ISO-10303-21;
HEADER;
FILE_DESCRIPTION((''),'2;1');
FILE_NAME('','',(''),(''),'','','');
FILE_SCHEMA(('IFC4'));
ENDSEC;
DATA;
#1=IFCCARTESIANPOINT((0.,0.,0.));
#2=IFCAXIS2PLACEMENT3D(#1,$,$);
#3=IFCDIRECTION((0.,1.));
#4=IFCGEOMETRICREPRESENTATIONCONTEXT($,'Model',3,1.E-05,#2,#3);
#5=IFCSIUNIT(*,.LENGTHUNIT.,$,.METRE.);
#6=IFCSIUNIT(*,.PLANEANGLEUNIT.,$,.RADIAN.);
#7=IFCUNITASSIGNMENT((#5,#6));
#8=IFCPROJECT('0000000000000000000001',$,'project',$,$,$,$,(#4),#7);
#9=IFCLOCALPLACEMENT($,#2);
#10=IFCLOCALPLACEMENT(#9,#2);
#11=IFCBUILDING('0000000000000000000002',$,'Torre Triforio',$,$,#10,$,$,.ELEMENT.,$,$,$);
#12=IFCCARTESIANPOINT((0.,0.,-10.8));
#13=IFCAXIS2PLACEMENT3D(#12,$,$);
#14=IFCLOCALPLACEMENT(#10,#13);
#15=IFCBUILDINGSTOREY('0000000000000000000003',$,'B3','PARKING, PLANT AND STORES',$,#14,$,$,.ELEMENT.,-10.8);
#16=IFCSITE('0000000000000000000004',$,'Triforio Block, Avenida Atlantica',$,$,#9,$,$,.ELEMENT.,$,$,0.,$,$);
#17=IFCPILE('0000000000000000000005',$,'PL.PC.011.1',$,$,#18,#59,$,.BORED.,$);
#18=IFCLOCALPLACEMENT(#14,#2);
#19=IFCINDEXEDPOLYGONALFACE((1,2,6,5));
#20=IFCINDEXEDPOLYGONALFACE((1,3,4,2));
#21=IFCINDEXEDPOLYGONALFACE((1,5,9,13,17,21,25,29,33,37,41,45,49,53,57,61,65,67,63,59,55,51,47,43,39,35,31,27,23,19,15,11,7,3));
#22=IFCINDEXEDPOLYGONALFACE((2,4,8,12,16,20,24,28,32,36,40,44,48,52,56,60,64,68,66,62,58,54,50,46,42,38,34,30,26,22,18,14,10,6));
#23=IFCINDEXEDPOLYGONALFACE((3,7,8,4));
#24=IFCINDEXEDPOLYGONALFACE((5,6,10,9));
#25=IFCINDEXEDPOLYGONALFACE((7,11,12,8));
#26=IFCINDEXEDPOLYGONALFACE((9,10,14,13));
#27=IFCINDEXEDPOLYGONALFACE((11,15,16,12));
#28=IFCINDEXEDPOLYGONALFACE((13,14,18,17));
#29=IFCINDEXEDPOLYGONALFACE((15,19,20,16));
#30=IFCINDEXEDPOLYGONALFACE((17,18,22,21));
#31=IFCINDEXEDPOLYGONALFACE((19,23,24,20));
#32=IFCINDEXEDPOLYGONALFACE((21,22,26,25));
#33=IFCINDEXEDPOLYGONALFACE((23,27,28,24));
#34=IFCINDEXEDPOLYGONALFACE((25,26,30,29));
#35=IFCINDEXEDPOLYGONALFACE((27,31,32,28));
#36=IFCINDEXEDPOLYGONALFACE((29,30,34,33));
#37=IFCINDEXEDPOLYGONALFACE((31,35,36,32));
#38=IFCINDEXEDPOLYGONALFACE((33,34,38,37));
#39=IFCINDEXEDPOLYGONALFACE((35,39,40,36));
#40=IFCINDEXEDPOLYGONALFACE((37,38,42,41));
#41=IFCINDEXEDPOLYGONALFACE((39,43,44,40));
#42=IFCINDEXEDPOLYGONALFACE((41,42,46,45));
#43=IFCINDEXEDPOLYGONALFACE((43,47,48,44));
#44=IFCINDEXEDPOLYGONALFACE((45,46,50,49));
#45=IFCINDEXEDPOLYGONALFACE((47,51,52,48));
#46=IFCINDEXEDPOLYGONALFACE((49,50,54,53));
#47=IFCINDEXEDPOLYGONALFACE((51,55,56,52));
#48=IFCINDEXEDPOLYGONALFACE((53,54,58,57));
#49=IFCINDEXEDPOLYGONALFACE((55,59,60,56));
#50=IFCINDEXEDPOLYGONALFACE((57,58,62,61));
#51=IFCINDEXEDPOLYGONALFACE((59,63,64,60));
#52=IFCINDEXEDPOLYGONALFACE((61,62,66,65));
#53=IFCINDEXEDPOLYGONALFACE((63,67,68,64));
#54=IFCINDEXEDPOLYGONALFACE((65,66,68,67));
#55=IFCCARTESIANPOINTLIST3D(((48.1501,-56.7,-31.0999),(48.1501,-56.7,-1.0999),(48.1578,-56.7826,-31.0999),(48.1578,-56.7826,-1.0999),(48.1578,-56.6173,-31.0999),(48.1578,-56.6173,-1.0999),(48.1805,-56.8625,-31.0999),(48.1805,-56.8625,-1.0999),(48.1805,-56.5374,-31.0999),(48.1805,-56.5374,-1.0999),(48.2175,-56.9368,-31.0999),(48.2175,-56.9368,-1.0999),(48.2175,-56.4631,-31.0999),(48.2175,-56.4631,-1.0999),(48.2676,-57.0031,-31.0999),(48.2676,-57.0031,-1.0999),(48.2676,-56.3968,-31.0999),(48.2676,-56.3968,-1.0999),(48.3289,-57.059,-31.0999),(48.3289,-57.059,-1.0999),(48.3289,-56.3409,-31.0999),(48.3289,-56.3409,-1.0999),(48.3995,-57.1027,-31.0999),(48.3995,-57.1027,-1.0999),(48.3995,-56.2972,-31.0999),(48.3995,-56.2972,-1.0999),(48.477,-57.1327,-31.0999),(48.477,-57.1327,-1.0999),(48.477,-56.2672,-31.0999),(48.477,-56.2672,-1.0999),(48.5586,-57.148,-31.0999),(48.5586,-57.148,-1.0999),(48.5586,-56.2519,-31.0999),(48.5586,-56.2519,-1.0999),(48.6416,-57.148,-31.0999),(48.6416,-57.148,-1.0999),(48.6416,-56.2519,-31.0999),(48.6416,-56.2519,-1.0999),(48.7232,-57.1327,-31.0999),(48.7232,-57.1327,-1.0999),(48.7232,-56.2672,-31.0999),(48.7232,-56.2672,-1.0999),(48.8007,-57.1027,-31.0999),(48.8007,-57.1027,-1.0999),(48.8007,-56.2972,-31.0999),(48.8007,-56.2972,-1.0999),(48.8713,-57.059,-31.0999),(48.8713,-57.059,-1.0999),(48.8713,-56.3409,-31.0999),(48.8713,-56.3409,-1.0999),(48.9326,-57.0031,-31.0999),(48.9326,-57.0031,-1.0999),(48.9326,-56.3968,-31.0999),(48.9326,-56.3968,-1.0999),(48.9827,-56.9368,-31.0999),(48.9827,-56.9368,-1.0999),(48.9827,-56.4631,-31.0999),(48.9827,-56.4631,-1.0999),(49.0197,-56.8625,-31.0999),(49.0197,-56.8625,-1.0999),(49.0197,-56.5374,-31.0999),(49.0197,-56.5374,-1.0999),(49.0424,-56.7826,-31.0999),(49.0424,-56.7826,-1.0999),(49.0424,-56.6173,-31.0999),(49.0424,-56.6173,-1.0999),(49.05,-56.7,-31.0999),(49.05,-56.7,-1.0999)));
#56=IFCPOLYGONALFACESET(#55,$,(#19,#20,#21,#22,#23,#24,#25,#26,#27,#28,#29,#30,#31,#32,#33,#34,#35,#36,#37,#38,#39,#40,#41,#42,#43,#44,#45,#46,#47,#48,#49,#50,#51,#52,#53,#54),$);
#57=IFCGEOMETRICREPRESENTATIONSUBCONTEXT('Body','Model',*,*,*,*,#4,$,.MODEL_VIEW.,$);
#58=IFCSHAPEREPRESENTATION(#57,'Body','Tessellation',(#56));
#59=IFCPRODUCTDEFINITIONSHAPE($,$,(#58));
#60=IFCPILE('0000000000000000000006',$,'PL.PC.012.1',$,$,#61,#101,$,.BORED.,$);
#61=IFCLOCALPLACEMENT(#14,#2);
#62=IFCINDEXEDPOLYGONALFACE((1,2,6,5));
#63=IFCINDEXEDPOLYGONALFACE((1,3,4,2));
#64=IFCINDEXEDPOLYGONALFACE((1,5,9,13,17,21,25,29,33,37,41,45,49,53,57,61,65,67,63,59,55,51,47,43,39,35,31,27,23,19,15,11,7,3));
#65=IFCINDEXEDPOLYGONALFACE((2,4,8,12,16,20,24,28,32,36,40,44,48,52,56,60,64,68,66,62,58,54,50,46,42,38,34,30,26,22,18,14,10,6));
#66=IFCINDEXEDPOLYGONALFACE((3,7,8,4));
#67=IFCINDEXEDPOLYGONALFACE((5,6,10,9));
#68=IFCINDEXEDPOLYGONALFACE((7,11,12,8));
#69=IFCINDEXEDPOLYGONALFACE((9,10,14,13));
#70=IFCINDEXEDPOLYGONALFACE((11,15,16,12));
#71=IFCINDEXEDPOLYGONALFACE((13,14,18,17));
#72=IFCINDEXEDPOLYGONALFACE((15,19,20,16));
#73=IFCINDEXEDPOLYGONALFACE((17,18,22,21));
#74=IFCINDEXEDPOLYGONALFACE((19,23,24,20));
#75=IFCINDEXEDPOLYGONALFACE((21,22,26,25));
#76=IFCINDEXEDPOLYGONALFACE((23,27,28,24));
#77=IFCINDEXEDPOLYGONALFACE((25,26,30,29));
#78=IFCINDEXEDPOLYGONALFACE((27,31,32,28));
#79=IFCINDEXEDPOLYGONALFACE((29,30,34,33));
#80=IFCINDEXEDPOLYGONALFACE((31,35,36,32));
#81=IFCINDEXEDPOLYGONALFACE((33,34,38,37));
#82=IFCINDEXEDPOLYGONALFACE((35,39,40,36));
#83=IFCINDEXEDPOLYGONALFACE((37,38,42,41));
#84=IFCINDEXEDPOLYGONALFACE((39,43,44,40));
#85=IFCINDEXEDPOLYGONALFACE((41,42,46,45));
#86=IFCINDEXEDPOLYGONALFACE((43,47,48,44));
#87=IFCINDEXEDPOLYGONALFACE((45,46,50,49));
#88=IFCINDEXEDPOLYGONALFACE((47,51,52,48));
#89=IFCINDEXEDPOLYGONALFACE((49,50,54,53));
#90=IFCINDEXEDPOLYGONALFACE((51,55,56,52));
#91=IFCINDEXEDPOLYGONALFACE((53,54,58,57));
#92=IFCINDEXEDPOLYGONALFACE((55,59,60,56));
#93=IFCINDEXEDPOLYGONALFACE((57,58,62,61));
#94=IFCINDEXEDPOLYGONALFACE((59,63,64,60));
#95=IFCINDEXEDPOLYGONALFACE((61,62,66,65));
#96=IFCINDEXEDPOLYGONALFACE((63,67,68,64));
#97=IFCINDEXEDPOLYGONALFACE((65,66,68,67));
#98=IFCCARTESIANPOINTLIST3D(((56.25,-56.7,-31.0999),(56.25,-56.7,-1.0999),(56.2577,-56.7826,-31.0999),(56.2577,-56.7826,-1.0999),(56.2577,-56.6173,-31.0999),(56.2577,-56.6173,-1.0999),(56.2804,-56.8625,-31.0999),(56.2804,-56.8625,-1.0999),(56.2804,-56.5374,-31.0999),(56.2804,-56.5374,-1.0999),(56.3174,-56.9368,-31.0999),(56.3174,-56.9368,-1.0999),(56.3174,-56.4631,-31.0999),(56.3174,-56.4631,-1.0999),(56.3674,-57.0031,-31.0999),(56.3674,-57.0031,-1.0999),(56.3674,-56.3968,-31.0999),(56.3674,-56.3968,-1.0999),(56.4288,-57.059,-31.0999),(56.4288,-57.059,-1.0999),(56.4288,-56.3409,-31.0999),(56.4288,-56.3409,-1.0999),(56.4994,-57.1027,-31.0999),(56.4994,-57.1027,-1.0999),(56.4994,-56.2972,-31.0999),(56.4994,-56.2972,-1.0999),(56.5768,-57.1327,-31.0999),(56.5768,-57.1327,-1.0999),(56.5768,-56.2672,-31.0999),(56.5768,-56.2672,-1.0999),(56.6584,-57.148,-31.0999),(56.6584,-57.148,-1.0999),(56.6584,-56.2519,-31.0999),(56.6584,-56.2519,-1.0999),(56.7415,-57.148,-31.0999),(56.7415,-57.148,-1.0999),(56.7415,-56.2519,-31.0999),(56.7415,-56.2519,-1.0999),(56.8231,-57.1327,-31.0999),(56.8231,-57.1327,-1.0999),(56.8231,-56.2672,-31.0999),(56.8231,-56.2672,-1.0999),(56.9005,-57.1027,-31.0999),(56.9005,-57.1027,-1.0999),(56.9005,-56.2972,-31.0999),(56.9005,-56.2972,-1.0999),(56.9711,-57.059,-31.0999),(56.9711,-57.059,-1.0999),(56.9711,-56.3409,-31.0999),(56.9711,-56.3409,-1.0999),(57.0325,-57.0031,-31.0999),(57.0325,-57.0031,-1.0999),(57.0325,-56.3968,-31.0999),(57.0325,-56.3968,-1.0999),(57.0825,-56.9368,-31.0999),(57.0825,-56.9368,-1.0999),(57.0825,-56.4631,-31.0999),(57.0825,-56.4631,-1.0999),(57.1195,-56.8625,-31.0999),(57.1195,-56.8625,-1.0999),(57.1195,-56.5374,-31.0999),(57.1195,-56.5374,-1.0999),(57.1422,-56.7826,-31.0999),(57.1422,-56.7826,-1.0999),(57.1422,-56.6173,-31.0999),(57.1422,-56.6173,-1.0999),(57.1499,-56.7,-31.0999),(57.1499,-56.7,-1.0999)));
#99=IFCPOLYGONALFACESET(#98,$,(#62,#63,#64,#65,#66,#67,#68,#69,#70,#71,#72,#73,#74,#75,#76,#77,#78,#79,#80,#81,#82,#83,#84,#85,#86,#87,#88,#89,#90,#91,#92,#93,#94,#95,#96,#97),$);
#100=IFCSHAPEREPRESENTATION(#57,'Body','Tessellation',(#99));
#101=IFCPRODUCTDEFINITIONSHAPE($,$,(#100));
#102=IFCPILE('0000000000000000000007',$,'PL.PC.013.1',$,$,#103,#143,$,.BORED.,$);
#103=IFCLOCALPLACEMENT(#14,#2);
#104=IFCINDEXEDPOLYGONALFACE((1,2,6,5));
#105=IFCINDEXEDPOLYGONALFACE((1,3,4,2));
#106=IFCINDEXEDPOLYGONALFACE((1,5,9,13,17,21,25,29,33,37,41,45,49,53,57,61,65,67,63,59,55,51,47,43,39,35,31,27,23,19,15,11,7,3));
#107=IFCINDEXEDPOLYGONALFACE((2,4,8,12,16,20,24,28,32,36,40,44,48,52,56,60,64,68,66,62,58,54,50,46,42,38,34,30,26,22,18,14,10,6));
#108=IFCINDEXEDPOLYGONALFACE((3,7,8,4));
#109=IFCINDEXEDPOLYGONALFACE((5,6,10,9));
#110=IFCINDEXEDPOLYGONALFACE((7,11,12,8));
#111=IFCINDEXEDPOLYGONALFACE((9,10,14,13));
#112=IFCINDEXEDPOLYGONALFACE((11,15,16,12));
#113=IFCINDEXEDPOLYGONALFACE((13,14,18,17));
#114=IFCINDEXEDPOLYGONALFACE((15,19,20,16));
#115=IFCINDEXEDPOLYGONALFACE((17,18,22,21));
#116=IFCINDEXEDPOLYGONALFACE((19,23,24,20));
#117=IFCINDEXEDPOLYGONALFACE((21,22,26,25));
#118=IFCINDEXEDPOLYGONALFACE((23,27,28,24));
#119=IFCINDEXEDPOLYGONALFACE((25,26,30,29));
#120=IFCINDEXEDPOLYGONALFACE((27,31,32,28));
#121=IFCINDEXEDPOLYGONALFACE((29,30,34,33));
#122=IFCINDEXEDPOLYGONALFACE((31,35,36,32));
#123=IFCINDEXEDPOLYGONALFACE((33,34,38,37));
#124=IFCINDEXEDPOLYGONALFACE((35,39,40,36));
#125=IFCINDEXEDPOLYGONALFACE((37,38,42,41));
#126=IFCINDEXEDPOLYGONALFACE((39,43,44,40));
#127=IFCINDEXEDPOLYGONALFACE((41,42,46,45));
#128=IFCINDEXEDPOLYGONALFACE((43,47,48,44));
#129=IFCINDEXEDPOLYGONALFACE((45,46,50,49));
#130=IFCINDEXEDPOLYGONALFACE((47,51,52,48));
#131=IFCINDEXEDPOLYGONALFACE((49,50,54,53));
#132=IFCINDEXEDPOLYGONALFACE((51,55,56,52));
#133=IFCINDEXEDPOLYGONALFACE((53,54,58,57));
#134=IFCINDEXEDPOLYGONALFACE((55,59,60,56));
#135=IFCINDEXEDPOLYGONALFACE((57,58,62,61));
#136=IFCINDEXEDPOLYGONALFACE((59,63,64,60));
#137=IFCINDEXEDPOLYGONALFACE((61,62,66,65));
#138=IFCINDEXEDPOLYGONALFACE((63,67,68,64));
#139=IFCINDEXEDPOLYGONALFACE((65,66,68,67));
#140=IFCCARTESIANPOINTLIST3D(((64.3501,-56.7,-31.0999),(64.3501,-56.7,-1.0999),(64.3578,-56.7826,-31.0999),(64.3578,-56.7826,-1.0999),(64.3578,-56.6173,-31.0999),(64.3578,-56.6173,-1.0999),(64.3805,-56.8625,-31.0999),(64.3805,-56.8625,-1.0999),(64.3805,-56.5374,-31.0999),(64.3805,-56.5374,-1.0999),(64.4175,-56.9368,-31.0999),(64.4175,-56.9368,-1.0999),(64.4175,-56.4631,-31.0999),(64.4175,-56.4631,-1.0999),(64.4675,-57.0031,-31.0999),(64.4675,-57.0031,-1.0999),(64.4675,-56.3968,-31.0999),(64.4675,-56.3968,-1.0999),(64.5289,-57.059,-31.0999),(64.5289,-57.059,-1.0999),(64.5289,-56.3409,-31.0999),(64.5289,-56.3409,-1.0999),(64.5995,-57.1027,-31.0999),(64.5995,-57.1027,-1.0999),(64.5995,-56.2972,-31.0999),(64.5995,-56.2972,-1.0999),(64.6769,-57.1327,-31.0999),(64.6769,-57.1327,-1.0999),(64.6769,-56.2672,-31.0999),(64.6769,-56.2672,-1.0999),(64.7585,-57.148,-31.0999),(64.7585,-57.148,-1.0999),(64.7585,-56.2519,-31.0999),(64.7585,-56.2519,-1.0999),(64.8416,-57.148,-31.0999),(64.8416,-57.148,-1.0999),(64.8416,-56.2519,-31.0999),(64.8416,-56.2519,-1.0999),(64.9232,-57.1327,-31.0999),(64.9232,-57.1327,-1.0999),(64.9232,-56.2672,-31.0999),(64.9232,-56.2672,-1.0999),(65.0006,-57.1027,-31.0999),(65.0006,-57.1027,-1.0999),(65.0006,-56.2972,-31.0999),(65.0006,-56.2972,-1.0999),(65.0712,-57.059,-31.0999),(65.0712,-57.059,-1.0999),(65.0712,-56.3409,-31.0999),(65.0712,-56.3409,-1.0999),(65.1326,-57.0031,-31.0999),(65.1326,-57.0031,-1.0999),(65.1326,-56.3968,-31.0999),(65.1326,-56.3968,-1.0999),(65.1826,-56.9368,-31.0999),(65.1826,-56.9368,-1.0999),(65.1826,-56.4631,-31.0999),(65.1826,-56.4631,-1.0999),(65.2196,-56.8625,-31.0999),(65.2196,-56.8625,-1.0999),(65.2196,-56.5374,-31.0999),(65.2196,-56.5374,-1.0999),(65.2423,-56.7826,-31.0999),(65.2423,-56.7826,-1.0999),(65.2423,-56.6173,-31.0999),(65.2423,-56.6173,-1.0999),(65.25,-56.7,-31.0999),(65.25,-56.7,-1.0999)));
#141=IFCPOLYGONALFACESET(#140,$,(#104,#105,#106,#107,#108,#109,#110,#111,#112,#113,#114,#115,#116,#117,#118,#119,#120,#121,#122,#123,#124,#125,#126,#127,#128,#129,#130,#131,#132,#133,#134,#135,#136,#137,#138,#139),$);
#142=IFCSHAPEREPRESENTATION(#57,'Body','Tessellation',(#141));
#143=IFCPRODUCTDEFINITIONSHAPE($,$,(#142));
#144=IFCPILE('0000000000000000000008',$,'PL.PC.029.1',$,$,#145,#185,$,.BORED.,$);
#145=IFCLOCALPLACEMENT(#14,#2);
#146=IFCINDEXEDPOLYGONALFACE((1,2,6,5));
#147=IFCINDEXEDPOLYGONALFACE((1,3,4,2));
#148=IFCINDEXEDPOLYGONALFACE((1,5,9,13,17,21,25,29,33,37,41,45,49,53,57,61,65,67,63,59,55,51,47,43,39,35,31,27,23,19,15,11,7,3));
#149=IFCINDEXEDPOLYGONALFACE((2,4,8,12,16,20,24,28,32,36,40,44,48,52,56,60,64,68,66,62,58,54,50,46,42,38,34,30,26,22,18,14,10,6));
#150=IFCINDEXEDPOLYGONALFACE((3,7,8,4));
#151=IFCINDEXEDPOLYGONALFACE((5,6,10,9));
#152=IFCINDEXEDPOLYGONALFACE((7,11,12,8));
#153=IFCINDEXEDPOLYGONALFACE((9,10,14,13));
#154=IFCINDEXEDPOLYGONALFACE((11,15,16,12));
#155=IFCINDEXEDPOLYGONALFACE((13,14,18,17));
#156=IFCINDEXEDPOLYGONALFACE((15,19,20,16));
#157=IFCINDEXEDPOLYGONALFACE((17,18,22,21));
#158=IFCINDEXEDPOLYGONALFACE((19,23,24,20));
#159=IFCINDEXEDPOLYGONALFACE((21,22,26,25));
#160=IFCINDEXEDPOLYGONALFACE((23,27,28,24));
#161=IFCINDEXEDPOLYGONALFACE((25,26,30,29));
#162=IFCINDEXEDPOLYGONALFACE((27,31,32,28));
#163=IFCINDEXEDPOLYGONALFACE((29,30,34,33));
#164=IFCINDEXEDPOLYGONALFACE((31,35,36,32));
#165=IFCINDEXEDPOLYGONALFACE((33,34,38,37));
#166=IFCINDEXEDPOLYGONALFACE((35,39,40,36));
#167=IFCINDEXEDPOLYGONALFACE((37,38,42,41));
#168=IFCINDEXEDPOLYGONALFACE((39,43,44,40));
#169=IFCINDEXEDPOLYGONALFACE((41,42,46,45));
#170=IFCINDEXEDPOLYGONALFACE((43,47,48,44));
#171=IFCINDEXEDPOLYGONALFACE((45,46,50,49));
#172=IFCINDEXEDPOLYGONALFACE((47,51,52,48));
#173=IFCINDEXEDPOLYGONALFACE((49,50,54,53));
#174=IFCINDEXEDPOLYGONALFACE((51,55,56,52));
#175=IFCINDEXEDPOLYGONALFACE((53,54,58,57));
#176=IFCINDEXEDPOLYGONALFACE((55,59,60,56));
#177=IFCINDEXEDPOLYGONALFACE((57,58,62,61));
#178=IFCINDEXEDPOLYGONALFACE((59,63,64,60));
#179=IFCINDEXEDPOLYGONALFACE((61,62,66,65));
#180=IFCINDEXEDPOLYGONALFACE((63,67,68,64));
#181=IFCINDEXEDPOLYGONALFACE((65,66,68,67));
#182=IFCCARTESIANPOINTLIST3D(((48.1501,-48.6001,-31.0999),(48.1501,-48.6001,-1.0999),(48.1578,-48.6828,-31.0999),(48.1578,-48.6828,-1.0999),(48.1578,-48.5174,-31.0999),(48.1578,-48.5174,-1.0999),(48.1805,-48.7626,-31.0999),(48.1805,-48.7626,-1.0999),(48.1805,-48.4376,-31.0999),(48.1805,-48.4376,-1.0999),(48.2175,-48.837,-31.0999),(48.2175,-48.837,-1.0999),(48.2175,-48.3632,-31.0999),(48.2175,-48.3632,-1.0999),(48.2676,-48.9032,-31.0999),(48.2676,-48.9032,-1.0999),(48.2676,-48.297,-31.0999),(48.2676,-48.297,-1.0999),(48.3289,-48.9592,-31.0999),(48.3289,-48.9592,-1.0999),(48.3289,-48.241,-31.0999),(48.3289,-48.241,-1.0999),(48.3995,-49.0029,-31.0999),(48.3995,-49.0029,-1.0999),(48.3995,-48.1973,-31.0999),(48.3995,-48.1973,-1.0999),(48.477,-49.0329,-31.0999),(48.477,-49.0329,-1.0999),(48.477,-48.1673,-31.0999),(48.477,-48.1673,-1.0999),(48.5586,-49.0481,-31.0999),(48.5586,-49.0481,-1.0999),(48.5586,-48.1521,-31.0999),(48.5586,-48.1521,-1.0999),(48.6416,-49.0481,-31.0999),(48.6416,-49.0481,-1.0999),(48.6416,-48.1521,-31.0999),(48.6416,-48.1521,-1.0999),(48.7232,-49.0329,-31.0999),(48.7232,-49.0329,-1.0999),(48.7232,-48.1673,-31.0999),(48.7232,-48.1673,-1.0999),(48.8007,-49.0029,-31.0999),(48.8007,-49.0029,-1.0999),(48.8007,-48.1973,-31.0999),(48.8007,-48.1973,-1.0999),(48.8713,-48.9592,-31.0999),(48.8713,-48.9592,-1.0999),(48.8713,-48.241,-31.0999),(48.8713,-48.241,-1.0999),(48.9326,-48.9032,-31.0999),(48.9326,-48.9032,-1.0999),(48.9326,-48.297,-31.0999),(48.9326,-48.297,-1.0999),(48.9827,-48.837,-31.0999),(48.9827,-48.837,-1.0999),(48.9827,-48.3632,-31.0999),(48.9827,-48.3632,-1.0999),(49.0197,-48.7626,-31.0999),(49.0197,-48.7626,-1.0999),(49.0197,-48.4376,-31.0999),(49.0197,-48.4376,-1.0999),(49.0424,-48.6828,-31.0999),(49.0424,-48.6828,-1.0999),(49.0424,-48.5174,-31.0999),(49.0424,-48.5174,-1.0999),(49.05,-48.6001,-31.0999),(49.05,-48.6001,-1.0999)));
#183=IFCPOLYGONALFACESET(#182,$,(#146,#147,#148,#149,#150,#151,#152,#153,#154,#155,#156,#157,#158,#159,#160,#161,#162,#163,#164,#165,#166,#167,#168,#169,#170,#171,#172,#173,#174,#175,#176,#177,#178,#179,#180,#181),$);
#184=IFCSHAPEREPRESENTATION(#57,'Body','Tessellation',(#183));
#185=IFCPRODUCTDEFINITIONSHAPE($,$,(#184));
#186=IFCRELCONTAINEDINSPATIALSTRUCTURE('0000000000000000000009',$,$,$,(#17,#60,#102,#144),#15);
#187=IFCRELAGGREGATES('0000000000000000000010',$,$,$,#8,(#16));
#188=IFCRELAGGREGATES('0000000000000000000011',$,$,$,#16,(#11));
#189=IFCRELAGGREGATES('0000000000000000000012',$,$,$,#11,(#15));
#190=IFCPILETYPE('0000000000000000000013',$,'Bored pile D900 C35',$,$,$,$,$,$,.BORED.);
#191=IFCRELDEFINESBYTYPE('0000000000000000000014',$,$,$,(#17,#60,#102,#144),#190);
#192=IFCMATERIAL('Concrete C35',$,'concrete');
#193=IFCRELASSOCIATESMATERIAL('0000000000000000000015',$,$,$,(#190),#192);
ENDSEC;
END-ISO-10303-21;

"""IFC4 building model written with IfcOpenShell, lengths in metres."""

from ifc_helpers import new_model, si_unit, direction, frame, origin, origin_2d, place, context, subcontext, project, spatial, circle, extrude, material, material_profile, profile_set, type_object, element, save


model = new_model("IFC4")

# Units and contexts
model_context = context("Model", 3, precision=1e-05, world=origin(), true_north=direction((0.0, 1.0)))
body_context = subcontext(model_context, "Body", "Model", "MODEL_VIEW")
ifc_project = project(units=[si_unit("LENGTHUNIT", "METRE"), si_unit("PLANEANGLEUNIT", "RADIAN")], contexts=[model_context])

# Site, building, storey
site_placement = place(None, origin())
site = spatial("IfcSite", under=ifc_project, at=site_placement, Name="Triforio Block, Avenida Atlantica", CompositionType="ELEMENT", RefElevation=0.0)
building_placement = place(site_placement, origin())
building = spatial("IfcBuilding", under=site, at=building_placement, Name="Torre Triforio", CompositionType="ELEMENT")
storey_placement = place(building_placement, frame((0.0, 0.0, -10.8)))
storey = spatial("IfcBuildingStorey", under=building, at=storey_placement, Name="B3", Description="PARKING, PLANT AND STORES", CompositionType="ELEMENT", Elevation=-10.8)

# Piles
ifc_material_1 = material(Name="Concrete C35", Category="concrete")
ifc_material_profile_1 = material_profile(ifc_material_1, circle(Radius=0.45, at=origin_2d()), Name="RC D900")
ifc_profile_set_1 = profile_set([ifc_material_profile_1], Name="Concrete C35")
pile_type = type_object("IfcPileType", Name="Bored pile D900 C35", PredefinedType="BORED", material=ifc_profile_set_1)
for number, where, z_axis, x_axis, name in (
    (1, (48.6001, -56.7, -1.0999), (0.0, 0.0, -1.0), (1.0, 0.0, 0.0), "PL.PC.011.1"),
    (2, (56.7, -56.7, -1.0999), (0.0, 0.0, -1.0), (1.0, 0.0, 0.0), "PL.PC.012.1"),
    (3, (64.8, -56.7, -1.0999), (0.0, 0.0, -1.0), (1.0, 0.0, 0.0), "PL.PC.013.1"),
    (4, (48.6001, -48.6001, -1.0999), (0.0, 0.0, -1.0), (1.0, 0.0, 0.0), "PL.PC.029.1"),
):
    element("IfcPile", number, at=place(storey_placement, frame(where, z_axis=z_axis, x_axis=x_axis)), inside=storey, type_object=pile_type, Name=name, PredefinedType="BORED", context=body_context, shape_type="SweptSolid", body=[
        extrude(circle(Radius=0.45, at=origin_2d()), origin(), (0.0, 0.0, 1.0), 30.0),
    ])

save(model, "model.ifc")
